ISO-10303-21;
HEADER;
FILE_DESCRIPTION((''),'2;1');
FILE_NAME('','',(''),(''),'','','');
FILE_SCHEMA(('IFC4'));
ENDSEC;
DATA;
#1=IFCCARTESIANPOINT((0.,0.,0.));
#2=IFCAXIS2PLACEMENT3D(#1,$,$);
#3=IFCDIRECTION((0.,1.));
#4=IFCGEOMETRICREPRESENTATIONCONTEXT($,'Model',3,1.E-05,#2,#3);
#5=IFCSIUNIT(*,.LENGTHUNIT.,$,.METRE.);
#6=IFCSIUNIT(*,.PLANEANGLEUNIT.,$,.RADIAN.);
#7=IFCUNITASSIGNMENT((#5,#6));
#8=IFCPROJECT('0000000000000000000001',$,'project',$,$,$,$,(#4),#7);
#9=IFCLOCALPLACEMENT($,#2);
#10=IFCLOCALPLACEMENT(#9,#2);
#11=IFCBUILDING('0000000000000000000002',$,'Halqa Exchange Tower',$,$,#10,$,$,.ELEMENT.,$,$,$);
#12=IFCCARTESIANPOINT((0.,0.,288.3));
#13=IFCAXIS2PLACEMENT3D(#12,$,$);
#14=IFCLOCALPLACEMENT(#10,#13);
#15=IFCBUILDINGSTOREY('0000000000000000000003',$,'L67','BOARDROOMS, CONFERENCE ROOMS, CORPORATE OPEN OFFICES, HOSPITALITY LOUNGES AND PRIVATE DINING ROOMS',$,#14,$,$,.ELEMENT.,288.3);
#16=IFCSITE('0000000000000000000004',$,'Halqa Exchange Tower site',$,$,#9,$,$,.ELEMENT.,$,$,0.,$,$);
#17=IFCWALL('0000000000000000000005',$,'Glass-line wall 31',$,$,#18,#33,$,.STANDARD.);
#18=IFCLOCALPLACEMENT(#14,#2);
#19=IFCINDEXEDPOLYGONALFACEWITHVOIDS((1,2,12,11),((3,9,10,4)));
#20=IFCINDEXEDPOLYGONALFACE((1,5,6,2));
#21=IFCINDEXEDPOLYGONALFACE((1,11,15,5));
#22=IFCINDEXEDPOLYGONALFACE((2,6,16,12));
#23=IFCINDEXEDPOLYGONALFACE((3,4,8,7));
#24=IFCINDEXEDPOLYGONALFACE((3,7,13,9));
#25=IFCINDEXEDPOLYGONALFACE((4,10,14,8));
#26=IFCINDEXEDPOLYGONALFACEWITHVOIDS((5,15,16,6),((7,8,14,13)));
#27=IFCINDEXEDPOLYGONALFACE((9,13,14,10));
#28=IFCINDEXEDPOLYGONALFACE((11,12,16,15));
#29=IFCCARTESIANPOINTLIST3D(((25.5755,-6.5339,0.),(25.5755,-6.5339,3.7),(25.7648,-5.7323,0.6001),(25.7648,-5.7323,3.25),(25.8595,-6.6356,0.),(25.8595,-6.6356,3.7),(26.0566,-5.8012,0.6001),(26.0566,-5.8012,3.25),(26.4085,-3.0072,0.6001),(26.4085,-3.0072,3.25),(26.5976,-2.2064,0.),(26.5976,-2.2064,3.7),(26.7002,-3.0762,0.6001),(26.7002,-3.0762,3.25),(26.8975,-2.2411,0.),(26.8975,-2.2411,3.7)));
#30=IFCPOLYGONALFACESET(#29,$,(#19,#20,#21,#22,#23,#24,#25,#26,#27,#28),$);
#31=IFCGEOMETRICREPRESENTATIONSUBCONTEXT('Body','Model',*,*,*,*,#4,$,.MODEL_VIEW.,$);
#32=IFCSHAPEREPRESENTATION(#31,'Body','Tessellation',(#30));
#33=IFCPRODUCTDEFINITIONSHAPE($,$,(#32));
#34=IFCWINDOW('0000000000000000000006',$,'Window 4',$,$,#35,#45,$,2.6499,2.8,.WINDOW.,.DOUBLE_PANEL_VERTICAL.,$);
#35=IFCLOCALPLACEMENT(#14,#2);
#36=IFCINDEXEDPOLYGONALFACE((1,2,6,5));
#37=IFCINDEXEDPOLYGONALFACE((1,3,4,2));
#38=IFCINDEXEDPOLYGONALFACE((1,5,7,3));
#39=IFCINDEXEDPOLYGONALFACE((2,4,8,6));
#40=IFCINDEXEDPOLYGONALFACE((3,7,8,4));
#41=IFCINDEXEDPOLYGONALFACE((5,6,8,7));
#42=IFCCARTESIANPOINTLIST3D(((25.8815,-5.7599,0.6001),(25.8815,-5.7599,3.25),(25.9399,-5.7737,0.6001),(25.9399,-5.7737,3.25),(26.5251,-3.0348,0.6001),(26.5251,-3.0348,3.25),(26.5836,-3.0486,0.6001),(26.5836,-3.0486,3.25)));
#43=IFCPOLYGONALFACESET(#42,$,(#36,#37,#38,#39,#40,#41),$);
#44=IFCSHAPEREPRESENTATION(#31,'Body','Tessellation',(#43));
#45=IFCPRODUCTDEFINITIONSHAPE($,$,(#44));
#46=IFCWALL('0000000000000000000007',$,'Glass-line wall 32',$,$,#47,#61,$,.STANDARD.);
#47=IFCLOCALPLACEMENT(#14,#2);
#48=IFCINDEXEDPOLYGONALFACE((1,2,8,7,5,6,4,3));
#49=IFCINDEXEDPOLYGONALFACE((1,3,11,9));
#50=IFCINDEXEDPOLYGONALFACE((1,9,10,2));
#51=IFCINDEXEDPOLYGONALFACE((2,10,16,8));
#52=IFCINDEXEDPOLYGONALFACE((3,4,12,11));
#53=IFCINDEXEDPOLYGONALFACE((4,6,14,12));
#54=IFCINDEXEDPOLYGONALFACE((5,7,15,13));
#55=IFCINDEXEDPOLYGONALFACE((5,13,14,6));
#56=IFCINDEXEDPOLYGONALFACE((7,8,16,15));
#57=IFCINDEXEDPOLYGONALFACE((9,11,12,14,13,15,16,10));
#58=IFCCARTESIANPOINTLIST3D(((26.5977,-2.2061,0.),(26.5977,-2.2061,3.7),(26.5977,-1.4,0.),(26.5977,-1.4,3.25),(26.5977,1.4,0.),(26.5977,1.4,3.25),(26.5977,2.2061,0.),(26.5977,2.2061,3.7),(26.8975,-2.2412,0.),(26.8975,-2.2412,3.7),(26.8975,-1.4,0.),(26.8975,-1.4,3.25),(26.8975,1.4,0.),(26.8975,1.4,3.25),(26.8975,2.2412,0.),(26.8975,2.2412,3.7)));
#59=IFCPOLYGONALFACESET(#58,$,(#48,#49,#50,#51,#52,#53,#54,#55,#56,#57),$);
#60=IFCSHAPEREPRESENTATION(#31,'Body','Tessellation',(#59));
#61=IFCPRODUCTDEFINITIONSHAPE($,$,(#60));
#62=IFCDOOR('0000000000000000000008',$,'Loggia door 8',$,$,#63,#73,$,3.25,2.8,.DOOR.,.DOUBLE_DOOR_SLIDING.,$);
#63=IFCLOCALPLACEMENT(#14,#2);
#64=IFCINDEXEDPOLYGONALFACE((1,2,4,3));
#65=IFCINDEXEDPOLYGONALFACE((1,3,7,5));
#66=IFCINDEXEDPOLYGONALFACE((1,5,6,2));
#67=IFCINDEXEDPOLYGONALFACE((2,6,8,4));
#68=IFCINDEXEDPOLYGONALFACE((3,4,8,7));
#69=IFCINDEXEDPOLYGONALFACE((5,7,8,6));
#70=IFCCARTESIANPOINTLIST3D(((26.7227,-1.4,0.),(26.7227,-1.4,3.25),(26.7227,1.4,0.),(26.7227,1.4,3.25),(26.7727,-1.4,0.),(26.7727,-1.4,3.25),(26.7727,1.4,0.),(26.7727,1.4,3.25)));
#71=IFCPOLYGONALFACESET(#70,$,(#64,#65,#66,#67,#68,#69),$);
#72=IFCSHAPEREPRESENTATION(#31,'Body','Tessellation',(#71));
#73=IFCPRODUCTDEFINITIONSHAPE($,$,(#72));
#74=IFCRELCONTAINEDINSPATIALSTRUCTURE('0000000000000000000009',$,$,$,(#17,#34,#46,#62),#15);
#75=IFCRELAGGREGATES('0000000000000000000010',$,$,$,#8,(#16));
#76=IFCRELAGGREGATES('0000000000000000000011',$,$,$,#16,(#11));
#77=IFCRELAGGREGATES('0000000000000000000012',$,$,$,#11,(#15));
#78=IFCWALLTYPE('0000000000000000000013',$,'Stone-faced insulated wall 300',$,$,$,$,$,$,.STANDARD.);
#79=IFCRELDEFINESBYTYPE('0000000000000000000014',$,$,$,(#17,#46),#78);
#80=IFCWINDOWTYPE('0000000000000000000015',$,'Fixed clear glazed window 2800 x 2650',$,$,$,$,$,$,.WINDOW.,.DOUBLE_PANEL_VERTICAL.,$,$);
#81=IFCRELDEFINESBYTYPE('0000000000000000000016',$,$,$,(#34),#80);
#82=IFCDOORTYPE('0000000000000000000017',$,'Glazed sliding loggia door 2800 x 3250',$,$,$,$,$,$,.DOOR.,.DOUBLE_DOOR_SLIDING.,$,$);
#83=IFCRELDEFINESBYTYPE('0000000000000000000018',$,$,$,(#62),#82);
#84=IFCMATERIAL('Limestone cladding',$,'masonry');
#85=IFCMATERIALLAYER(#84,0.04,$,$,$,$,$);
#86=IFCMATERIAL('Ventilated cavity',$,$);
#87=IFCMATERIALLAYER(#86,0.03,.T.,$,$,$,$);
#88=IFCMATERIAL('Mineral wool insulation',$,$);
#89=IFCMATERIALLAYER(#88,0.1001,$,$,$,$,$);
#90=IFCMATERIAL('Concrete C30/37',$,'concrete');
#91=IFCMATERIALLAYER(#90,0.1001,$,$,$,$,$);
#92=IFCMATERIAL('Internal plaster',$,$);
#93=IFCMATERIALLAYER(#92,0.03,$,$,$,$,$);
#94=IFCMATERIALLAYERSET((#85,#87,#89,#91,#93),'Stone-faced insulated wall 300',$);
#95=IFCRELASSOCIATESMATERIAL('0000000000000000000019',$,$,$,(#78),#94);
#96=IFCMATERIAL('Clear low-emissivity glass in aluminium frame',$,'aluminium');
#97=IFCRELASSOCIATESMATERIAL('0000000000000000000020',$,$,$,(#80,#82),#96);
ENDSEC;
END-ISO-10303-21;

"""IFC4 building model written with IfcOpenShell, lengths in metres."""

from ifc_helpers import new_model, si_unit, direction, frame, frame_2d, origin, place, context, subcontext, project, spatial, polyline, rectangle, outline, extrude, material, layer, layer_set, type_object, element, fill, save


model = new_model("IFC4")

# Units and contexts
model_context = context("Model", 3, precision=1e-05, world=origin(), true_north=direction((0.0, 1.0)))
body_context = subcontext(model_context, "Body", "Model", "MODEL_VIEW")
ifc_project = project(units=[si_unit("LENGTHUNIT", "METRE"), si_unit("PLANEANGLEUNIT", "RADIAN")], contexts=[model_context])

# Site, building, storey
site_placement = place(None, origin())
site = spatial("IfcSite", under=ifc_project, at=site_placement, Name="Halqa Exchange Tower site", CompositionType="ELEMENT", RefElevation=0.0)
building_placement = place(site_placement, origin())
building = spatial("IfcBuilding", under=site, at=building_placement, Name="Halqa Exchange Tower", CompositionType="ELEMENT")
storey_placement = place(building_placement, frame((0.0, 0.0, 288.3)))
storey = spatial("IfcBuildingStorey", under=building, at=storey_placement, Name="L67", Description="BOARDROOMS, CONFERENCE ROOMS, CORPORATE OPEN OFFICES, HOSPITALITY LOUNGES AND PRIVATE DINING ROOMS", CompositionType="ELEMENT", Elevation=288.3)

# Wall, opening, window
ifc_material_1 = material(Name="Limestone cladding", Category="masonry")
ifc_layer_1 = layer(ifc_material_1, 0.04)
ifc_material_2 = material(Name="Ventilated cavity")
ifc_layer_2 = layer(ifc_material_2, 0.03, ventilated=True)
ifc_material_3 = material(Name="Mineral wool insulation")
ifc_layer_3 = layer(ifc_material_3, 0.1001)
ifc_material_4 = material(Name="Concrete C30/37", Category="concrete")
ifc_layer_4 = layer(ifc_material_4, 0.1001)
ifc_material_5 = material(Name="Internal plaster")
ifc_layer_5 = layer(ifc_material_5, 0.03)
ifc_layer_set_1 = layer_set([ifc_layer_1, ifc_layer_2, ifc_layer_3, ifc_layer_4, ifc_layer_5], Name="Stone-faced insulated wall 300")
wall_type_1 = type_object("IfcWallType", Name="Stone-faced insulated wall 300", PredefinedType="STANDARD", material=ifc_layer_set_1)
ifc_material_6 = material(Name="Clear low-emissivity glass in aluminium frame", Category="aluminium")
window_type = type_object("IfcWindowType", Name="Fixed clear glazed window 2800 x 2650", PartitioningType="DOUBLE_PANEL_VERTICAL", PredefinedType="WINDOW", material=ifc_material_6)
wall_1_placement = place(storey_placement, frame((25.7175, -6.5847, 0.0), z_axis=(0.0, 0.0, 1.0), x_axis=(0.229862, 0.973223, 0.0)))
wall_1 = element("IfcWall", 1, at=wall_1_placement, inside=storey, type_object=wall_type_1, Name="Glass-line wall 31", PredefinedType="STANDARD", context=body_context, shape_type="SweptSolid", body=[
    extrude(outline(polyline([(-0.0168, -0.1499), (4.4985, -0.1499), (4.4634, 0.1499), (0.0168, 0.1499), (-0.0168, -0.1499)])), origin(), (0.0, 0.0, 1.0), 3.7),
])
opening_1_placement = place(wall_1_placement, frame((0.8406, 0.0, 0.6001)))
opening_1 = element("IfcOpeningElement", 2, at=opening_1_placement, cuts=wall_1, PredefinedType="OPENING", context=body_context, shape_type="SweptSolid", body=[
    extrude(rectangle(XDim=2.8, YDim=2.6499, at=frame_2d((1.3999, 1.325))), frame((0.0, 0.1621, 0.0), z_axis=(0.0, -1.0, 0.0), x_axis=(1.0, 0.0, 0.0)), (0.0, 0.0, 1.0), 0.324),
])
window_1_placement = place(opening_1_placement, origin())
window_1 = element("IfcWindow", 3, at=window_1_placement, inside=storey, type_object=window_type, Name="Window 4", OverallHeight=2.6499, OverallWidth=2.8, PartitioningType="DOUBLE_PANEL_VERTICAL", PredefinedType="WINDOW", context=body_context, shape_type="SweptSolid", body=[
    extrude(rectangle(XDim=2.8, YDim=2.6499, at=frame_2d((1.3999, 1.325))), frame((0.0, 0.03, 0.0), z_axis=(0.0, -1.0, 0.0), x_axis=(1.0, 0.0, 0.0)), (0.0, 0.0, 1.0), 0.0601),
])
fill(opening_1, window_1)

# Wall, opening, door
wall_2_placement = place(storey_placement, frame((26.7476, -2.2236, 0.0), z_axis=(0.0, 0.0, 1.0), x_axis=(0.0, 1.0, 0.0)))
wall_2 = element("IfcWall", 4, at=wall_2_placement, inside=storey, type_object=wall_type_1, Name="Glass-line wall 32", PredefinedType="STANDARD", context=body_context, shape_type="SweptSolid", body=[
    extrude(outline(polyline([(-0.0176, -0.1499), (4.4648, -0.1499), (4.4297, 0.1499), (0.0176, 0.1499), (-0.0176, -0.1499)])), origin(), (0.0, 0.0, 1.0), 3.7),
])
opening_2_placement = place(wall_2_placement, frame((0.8237, 0.0, 0.0)))
opening_2 = element("IfcOpeningElement", 5, at=opening_2_placement, cuts=wall_2, PredefinedType="OPENING", context=body_context, shape_type="SweptSolid", body=[
    extrude(rectangle(XDim=2.8, YDim=3.25, at=frame_2d((1.3999, 1.625))), frame((0.0, 0.1621, 0.0), z_axis=(0.0, -1.0, 0.0), x_axis=(1.0, 0.0, 0.0)), (0.0, 0.0, 1.0), 0.324),
])
door_type = type_object("IfcDoorType", Name="Glazed sliding loggia door 2800 x 3250", OperationType="DOUBLE_DOOR_SLIDING", PredefinedType="DOOR", material=ifc_material_6)
door_placement = place(opening_2_placement, origin())
door = element("IfcDoor", 6, at=door_placement, inside=storey, type_object=door_type, Name="Loggia door 8", OperationType="DOUBLE_DOOR_SLIDING", OverallHeight=3.25, OverallWidth=2.8, PredefinedType="DOOR", context=body_context, shape_type="SweptSolid", body=[
    extrude(rectangle(XDim=2.8, YDim=3.25, at=frame_2d((1.3999, 1.625))), frame((0.0, 0.0249, 0.0), z_axis=(0.0, -1.0, 0.0), x_axis=(1.0, 0.0, 0.0)), (0.0, 0.0, 1.0), 0.05),
])
fill(opening_2, door)

save(model, "model.ifc")
